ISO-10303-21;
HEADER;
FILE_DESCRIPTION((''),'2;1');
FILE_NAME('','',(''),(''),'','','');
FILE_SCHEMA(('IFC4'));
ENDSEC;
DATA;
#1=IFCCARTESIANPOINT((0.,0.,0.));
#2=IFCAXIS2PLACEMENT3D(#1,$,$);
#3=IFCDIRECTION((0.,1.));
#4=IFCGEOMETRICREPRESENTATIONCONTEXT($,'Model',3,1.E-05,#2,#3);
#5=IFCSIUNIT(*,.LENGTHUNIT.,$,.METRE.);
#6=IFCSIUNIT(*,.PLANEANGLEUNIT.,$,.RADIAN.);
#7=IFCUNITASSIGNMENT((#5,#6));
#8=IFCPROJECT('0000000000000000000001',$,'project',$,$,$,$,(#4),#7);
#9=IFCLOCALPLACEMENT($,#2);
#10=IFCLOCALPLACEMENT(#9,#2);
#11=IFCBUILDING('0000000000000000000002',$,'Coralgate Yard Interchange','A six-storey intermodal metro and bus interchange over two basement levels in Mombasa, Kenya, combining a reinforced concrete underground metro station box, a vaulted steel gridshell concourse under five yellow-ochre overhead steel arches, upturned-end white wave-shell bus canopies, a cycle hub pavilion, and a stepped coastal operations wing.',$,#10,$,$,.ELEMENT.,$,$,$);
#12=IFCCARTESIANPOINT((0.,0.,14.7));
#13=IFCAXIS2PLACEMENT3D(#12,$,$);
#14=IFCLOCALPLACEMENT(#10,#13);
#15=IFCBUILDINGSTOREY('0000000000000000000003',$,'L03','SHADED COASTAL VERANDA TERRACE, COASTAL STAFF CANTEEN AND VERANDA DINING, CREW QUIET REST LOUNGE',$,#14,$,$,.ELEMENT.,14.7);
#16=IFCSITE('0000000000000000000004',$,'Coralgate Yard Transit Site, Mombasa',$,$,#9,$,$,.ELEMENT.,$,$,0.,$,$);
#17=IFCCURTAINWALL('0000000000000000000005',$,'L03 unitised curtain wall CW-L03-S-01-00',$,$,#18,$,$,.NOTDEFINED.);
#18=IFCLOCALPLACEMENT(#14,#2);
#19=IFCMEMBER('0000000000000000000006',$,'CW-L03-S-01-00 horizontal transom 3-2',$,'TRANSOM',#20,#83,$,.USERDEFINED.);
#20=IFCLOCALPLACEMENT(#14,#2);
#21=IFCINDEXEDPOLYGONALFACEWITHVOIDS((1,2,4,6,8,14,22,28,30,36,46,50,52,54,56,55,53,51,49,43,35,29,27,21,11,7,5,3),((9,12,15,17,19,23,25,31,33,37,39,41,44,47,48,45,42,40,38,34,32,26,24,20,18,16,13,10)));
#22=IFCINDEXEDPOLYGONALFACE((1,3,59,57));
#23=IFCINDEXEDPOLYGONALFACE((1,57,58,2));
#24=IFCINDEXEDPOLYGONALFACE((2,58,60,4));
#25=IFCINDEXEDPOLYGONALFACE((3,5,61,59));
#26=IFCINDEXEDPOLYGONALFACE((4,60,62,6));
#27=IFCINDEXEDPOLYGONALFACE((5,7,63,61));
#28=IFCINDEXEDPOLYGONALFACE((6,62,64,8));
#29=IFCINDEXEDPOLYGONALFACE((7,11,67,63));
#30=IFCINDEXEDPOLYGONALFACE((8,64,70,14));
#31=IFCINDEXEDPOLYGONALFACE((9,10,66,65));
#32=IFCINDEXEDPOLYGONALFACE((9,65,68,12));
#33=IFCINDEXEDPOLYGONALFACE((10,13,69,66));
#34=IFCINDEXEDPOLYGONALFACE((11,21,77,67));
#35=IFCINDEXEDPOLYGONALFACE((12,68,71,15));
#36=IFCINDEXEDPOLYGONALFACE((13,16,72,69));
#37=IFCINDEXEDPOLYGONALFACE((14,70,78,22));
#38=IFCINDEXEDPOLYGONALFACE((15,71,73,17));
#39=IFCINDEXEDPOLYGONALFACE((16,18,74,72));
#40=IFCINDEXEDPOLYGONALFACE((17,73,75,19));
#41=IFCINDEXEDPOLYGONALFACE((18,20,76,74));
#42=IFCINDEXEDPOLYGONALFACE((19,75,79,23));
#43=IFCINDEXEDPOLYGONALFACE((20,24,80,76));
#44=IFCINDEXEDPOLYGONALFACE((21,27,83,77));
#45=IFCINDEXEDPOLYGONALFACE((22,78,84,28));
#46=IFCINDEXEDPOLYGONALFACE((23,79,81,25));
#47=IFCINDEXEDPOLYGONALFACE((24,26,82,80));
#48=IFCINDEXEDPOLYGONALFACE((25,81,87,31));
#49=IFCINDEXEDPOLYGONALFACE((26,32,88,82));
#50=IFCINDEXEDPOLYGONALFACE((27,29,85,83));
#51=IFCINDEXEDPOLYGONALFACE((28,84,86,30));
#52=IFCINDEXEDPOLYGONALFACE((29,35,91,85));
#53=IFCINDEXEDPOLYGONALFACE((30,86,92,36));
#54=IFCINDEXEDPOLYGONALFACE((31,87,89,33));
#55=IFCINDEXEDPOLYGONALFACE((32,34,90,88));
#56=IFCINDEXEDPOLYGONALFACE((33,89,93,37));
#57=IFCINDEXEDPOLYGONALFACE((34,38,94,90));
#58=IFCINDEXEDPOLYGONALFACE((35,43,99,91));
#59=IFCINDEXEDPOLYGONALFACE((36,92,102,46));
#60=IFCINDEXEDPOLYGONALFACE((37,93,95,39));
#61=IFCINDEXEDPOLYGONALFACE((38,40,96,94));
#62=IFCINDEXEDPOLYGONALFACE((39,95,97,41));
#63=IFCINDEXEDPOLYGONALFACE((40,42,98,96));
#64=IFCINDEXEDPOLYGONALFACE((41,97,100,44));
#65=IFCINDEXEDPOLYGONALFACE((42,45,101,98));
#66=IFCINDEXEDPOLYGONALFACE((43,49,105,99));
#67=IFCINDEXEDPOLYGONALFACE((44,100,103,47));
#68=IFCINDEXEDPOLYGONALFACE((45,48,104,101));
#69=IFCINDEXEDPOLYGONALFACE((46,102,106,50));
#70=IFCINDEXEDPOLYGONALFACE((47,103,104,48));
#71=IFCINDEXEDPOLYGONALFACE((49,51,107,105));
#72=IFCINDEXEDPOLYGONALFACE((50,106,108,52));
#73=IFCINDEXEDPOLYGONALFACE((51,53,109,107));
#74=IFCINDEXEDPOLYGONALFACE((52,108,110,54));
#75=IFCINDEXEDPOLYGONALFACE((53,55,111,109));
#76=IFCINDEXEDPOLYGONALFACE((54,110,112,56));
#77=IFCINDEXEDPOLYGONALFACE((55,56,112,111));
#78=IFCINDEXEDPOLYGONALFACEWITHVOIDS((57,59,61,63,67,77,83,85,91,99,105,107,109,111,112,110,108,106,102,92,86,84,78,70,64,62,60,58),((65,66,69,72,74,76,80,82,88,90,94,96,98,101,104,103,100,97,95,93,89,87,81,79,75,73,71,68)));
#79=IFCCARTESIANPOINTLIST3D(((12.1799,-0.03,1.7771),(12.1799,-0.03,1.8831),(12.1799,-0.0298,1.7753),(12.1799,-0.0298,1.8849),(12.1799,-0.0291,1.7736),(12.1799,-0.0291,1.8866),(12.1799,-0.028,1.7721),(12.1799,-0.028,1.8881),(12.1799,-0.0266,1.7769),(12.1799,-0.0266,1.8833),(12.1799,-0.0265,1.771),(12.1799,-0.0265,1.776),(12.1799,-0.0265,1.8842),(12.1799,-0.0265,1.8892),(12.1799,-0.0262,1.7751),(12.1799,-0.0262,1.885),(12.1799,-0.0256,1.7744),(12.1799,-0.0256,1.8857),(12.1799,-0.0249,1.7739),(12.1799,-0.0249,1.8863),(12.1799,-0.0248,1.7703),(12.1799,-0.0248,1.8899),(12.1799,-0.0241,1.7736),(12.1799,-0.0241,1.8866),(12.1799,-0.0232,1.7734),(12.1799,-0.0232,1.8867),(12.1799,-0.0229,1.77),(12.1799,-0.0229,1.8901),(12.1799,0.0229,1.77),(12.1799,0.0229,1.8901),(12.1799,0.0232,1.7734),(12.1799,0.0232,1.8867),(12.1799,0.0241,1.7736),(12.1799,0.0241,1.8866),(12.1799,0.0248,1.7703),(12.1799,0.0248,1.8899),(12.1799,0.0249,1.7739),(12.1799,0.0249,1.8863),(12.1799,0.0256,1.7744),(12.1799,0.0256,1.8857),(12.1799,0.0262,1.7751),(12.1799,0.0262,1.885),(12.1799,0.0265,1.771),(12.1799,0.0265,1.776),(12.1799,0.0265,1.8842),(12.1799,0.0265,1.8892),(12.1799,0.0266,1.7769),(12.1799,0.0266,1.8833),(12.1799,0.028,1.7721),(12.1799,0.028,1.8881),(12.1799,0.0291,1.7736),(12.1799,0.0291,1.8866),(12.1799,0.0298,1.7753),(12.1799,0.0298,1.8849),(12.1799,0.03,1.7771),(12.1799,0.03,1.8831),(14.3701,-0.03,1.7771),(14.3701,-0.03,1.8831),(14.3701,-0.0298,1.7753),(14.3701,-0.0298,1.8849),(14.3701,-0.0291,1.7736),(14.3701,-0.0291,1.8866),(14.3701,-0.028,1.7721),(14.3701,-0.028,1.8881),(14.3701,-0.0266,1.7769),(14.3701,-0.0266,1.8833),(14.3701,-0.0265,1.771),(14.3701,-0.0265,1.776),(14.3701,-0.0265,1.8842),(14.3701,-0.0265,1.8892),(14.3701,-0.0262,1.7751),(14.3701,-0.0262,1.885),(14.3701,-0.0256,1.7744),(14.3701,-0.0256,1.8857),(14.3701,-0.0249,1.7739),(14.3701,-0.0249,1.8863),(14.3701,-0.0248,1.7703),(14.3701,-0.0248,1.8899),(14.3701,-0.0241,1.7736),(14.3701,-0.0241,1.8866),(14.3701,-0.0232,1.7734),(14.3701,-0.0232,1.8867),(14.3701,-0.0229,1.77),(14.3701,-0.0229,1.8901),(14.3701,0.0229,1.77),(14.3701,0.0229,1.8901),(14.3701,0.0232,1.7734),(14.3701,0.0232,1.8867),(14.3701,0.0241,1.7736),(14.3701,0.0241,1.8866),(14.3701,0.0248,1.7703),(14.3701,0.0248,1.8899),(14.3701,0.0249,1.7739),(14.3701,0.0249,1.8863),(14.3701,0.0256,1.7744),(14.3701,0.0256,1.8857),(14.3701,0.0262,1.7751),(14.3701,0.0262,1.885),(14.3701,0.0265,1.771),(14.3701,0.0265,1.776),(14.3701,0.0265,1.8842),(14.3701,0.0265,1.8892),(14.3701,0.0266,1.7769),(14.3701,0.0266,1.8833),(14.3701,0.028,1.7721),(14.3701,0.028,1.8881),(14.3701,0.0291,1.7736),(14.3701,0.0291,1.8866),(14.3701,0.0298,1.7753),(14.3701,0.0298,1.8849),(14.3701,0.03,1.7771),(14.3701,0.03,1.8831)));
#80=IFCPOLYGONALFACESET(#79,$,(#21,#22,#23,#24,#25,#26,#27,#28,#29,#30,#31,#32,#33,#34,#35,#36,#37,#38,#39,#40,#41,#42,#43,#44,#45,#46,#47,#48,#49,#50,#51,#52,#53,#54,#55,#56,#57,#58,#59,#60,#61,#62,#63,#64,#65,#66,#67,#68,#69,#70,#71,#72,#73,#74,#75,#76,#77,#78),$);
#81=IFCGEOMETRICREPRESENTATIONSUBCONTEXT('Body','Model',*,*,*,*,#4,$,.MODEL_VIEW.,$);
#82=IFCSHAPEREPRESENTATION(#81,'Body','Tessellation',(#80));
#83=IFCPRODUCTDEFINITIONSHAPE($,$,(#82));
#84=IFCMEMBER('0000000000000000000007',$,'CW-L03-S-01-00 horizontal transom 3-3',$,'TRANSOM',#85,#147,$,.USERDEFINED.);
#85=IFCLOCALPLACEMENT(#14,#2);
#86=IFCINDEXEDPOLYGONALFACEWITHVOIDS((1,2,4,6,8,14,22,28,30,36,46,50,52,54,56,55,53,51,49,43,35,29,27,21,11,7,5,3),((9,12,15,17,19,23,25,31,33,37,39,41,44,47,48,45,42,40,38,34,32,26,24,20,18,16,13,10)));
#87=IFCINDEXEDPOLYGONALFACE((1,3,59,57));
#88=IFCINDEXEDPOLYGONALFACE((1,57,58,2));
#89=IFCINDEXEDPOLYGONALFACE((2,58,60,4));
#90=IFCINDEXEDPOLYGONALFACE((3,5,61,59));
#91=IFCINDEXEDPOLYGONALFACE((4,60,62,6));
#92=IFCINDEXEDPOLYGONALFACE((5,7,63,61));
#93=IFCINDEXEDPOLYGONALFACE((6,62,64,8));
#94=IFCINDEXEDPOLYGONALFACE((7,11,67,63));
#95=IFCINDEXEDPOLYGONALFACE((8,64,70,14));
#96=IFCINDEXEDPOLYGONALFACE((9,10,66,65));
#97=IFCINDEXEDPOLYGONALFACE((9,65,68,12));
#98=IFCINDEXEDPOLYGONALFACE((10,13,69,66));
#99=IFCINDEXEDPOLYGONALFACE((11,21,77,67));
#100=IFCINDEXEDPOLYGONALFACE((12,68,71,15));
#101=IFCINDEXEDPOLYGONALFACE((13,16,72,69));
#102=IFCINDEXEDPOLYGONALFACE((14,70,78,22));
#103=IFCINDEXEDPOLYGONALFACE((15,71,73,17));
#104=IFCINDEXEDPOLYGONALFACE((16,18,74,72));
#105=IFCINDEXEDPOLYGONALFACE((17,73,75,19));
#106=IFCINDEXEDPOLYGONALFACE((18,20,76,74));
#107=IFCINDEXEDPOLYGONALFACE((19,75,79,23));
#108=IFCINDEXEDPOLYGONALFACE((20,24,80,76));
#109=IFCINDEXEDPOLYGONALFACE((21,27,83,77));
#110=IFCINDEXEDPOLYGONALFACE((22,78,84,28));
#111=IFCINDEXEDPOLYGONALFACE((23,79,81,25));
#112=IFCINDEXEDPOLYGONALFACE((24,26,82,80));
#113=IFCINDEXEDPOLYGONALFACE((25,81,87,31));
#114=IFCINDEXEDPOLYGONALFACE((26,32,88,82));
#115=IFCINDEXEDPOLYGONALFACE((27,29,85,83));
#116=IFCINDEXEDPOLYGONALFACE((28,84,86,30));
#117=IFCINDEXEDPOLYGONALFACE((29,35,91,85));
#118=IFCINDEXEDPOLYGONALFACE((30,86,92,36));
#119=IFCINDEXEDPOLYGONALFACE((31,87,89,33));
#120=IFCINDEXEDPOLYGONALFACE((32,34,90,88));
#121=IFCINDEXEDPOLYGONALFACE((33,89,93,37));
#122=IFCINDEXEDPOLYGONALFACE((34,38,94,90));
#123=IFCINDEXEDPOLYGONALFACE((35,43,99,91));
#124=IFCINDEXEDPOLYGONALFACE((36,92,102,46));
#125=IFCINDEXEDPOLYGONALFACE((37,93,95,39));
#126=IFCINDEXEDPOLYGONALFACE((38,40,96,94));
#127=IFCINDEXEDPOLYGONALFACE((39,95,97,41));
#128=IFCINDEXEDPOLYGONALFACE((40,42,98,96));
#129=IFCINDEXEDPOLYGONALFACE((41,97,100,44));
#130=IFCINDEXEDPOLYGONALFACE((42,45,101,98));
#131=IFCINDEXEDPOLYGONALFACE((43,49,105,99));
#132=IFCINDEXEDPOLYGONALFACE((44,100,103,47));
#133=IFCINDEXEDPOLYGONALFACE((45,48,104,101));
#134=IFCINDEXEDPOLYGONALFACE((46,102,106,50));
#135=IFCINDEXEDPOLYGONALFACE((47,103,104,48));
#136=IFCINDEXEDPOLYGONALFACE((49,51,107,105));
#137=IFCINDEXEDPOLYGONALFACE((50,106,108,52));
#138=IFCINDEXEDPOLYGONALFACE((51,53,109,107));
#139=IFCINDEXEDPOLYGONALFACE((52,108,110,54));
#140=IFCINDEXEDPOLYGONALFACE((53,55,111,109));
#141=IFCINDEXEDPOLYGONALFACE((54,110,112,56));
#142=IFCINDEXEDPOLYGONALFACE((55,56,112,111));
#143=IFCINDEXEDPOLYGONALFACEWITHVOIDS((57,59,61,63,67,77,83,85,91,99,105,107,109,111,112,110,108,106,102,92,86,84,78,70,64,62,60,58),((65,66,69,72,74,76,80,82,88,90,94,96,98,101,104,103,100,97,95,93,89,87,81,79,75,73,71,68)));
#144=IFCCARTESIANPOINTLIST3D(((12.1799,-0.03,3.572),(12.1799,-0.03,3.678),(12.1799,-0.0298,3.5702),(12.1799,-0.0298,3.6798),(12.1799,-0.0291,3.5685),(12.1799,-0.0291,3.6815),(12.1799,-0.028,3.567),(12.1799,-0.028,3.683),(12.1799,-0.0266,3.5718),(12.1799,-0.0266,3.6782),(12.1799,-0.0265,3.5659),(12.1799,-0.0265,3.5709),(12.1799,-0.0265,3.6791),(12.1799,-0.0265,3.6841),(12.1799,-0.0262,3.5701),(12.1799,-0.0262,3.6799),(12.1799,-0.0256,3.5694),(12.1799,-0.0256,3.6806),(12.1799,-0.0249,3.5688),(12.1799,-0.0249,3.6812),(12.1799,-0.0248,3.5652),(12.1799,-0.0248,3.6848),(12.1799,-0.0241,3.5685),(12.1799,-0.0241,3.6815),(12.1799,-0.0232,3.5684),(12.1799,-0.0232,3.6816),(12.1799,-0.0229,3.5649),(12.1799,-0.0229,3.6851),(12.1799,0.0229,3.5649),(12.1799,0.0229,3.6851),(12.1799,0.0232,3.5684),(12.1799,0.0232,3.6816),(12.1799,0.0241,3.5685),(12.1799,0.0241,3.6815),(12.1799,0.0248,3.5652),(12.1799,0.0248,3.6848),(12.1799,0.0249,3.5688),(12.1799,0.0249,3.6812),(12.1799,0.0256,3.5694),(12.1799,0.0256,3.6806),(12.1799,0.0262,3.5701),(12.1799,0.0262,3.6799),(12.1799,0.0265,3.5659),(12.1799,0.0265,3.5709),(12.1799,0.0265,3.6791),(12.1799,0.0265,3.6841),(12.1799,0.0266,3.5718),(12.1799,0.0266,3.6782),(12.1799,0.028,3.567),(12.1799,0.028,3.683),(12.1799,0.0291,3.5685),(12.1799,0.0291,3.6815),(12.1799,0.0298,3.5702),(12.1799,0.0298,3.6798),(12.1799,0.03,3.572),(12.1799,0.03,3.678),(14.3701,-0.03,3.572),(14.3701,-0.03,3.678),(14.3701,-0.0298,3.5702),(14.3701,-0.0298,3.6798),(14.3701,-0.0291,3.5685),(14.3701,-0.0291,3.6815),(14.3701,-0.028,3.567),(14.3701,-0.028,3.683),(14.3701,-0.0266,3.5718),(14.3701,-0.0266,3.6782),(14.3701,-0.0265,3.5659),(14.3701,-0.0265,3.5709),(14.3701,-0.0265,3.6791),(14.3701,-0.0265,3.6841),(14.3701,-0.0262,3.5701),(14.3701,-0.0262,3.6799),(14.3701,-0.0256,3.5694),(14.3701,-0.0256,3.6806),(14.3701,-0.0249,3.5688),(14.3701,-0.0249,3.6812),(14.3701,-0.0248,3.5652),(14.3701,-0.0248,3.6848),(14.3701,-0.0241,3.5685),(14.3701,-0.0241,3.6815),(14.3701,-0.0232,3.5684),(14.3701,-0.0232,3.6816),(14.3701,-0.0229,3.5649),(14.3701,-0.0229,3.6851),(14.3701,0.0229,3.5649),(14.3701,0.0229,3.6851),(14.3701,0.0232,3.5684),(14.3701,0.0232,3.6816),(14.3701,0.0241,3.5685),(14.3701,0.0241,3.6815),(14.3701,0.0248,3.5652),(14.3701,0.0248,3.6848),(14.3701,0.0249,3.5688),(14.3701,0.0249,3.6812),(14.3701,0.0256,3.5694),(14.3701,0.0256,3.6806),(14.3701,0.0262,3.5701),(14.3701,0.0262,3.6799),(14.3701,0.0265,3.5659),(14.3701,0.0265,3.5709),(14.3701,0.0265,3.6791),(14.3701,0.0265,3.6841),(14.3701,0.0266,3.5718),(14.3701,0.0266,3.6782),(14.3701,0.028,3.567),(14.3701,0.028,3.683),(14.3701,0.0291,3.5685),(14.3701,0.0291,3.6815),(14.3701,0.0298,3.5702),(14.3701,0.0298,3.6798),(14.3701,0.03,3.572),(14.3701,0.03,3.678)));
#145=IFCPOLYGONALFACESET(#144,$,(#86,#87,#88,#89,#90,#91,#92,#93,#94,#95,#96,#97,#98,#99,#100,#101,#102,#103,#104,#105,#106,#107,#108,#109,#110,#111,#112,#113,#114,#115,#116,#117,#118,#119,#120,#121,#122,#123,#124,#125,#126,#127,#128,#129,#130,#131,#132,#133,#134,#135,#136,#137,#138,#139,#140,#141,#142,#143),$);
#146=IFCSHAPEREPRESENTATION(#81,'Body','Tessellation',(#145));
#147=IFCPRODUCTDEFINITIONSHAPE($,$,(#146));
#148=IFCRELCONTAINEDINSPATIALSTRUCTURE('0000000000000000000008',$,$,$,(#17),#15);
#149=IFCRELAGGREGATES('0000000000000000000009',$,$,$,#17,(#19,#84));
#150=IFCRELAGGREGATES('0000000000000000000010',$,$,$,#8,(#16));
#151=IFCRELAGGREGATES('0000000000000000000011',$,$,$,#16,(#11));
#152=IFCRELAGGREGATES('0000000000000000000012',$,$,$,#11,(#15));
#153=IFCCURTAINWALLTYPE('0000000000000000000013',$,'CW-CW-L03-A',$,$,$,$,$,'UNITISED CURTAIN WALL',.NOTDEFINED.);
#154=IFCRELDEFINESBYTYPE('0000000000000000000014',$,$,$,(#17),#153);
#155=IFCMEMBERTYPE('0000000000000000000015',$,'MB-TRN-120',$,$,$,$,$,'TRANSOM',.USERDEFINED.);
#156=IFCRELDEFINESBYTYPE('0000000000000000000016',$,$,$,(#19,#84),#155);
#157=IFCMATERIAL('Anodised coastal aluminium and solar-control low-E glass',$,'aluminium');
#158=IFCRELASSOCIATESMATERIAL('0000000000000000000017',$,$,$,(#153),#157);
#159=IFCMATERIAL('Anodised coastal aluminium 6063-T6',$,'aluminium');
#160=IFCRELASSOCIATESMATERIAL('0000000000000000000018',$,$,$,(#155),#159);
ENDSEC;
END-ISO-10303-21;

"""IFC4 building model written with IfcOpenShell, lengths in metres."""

from ifc_helpers import new_model, si_unit, direction, frame, origin, origin_2d, place, context, subcontext, project, spatial, hollow_rectangle, extrude, material, material_profile, profile_set, type_object, element, aggregate, save


model = new_model("IFC4")

# Units and contexts
model_context = context("Model", 3, precision=1e-05, world=origin(), true_north=direction((0.0, 1.0)))
body_context = subcontext(model_context, "Body", "Model", "MODEL_VIEW")
ifc_project = project(units=[si_unit("LENGTHUNIT", "METRE"), si_unit("PLANEANGLEUNIT", "RADIAN")], contexts=[model_context])

# Site, building, storey
site_placement = place(None, origin())
site = spatial("IfcSite", under=ifc_project, at=site_placement, Name="Coralgate Yard Transit Site, Mombasa", CompositionType="ELEMENT", RefElevation=0.0)
building_placement = place(site_placement, origin())
building = spatial("IfcBuilding", under=site, at=building_placement, Name="Coralgate Yard Interchange", Description="A six-storey intermodal metro and bus interchange over two basement levels in Mombasa, Kenya, combining a reinforced concrete underground metro station box, a vaulted steel gridshell concourse under five yellow-ochre overhead steel arches, upturned-end white wave-shell bus canopies, a cycle hub pavilion, and a stepped coastal operations wing.", CompositionType="ELEMENT")
storey_placement = place(building_placement, frame((0.0, 0.0, 14.7)))
storey = spatial("IfcBuildingStorey", under=building, at=storey_placement, Name="L03", Description="SHADED COASTAL VERANDA TERRACE, COASTAL STAFF CANTEEN AND VERANDA DINING, CREW QUIET REST LOUNGE", CompositionType="ELEMENT", Elevation=14.7)

# Curtain wall, members
ifc_material_1 = material(Name="Anodised coastal aluminium and solar-control low-E glass", Category="aluminium")
curtain_wall_type = type_object("IfcCurtainWallType", Name="CW-CW-L03-A", ElementType="UNITISED CURTAIN WALL", PredefinedType="NOTDEFINED", material=ifc_material_1)
curtain_wall_placement = place(storey_placement, origin())
curtain_wall = element("IfcCurtainWall", 1, at=curtain_wall_placement, inside=storey, type_object=curtain_wall_type, Name="L03 unitised curtain wall CW-L03-S-01-00", PredefinedType="NOTDEFINED")
ifc_material_2 = material(Name="Anodised coastal aluminium 6063-T6", Category="aluminium")
ifc_material_profile_1 = material_profile(ifc_material_2, hollow_rectangle(XDim=0.0601, YDim=0.1201, WallThickness=0.0034, InnerFilletRadius=0.0034, OuterFilletRadius=0.0071, at=origin_2d()), Name="ALU 60x120x3.5")
ifc_profile_set_1 = profile_set([ifc_material_profile_1], Name="Anodised coastal aluminium 6063-T6")
member_type_1 = type_object("IfcMemberType", Name="MB-TRN-120", ElementType="TRANSOM", PredefinedType="USERDEFINED", material=ifc_profile_set_1)
member_1_placement = place(storey_placement, frame((14.3701, 0.0, 1.8301), z_axis=(-1.0, 0.0, 0.0), x_axis=(0.0, -1.0, 0.0)))
member_1 = element("IfcMember", 2, at=member_1_placement, type_object=member_type_1, Name="CW-L03-S-01-00 horizontal transom 3-2", ObjectType="TRANSOM", PredefinedType="USERDEFINED", context=body_context, shape_type="SweptSolid", body=[
    extrude(hollow_rectangle(XDim=0.0601, YDim=0.1201, WallThickness=0.0034, InnerFilletRadius=0.0034, OuterFilletRadius=0.0071, at=origin_2d()), origin(), (0.0, 0.0, 1.0), 2.1902),
])
member_2_placement = place(storey_placement, frame((14.3701, 0.0, 3.625), z_axis=(-1.0, 0.0, 0.0), x_axis=(0.0, -1.0, 0.0)))
member_2 = element("IfcMember", 3, at=member_2_placement, type_object=member_type_1, Name="CW-L03-S-01-00 horizontal transom 3-3", ObjectType="TRANSOM", PredefinedType="USERDEFINED", context=body_context, shape_type="SweptSolid", body=[
    extrude(hollow_rectangle(XDim=0.0601, YDim=0.1201, WallThickness=0.0034, InnerFilletRadius=0.0034, OuterFilletRadius=0.0071, at=origin_2d()), origin(), (0.0, 0.0, 1.0), 2.1902),
])
aggregate(curtain_wall, [member_1, member_2])

save(model, "model.ifc")
